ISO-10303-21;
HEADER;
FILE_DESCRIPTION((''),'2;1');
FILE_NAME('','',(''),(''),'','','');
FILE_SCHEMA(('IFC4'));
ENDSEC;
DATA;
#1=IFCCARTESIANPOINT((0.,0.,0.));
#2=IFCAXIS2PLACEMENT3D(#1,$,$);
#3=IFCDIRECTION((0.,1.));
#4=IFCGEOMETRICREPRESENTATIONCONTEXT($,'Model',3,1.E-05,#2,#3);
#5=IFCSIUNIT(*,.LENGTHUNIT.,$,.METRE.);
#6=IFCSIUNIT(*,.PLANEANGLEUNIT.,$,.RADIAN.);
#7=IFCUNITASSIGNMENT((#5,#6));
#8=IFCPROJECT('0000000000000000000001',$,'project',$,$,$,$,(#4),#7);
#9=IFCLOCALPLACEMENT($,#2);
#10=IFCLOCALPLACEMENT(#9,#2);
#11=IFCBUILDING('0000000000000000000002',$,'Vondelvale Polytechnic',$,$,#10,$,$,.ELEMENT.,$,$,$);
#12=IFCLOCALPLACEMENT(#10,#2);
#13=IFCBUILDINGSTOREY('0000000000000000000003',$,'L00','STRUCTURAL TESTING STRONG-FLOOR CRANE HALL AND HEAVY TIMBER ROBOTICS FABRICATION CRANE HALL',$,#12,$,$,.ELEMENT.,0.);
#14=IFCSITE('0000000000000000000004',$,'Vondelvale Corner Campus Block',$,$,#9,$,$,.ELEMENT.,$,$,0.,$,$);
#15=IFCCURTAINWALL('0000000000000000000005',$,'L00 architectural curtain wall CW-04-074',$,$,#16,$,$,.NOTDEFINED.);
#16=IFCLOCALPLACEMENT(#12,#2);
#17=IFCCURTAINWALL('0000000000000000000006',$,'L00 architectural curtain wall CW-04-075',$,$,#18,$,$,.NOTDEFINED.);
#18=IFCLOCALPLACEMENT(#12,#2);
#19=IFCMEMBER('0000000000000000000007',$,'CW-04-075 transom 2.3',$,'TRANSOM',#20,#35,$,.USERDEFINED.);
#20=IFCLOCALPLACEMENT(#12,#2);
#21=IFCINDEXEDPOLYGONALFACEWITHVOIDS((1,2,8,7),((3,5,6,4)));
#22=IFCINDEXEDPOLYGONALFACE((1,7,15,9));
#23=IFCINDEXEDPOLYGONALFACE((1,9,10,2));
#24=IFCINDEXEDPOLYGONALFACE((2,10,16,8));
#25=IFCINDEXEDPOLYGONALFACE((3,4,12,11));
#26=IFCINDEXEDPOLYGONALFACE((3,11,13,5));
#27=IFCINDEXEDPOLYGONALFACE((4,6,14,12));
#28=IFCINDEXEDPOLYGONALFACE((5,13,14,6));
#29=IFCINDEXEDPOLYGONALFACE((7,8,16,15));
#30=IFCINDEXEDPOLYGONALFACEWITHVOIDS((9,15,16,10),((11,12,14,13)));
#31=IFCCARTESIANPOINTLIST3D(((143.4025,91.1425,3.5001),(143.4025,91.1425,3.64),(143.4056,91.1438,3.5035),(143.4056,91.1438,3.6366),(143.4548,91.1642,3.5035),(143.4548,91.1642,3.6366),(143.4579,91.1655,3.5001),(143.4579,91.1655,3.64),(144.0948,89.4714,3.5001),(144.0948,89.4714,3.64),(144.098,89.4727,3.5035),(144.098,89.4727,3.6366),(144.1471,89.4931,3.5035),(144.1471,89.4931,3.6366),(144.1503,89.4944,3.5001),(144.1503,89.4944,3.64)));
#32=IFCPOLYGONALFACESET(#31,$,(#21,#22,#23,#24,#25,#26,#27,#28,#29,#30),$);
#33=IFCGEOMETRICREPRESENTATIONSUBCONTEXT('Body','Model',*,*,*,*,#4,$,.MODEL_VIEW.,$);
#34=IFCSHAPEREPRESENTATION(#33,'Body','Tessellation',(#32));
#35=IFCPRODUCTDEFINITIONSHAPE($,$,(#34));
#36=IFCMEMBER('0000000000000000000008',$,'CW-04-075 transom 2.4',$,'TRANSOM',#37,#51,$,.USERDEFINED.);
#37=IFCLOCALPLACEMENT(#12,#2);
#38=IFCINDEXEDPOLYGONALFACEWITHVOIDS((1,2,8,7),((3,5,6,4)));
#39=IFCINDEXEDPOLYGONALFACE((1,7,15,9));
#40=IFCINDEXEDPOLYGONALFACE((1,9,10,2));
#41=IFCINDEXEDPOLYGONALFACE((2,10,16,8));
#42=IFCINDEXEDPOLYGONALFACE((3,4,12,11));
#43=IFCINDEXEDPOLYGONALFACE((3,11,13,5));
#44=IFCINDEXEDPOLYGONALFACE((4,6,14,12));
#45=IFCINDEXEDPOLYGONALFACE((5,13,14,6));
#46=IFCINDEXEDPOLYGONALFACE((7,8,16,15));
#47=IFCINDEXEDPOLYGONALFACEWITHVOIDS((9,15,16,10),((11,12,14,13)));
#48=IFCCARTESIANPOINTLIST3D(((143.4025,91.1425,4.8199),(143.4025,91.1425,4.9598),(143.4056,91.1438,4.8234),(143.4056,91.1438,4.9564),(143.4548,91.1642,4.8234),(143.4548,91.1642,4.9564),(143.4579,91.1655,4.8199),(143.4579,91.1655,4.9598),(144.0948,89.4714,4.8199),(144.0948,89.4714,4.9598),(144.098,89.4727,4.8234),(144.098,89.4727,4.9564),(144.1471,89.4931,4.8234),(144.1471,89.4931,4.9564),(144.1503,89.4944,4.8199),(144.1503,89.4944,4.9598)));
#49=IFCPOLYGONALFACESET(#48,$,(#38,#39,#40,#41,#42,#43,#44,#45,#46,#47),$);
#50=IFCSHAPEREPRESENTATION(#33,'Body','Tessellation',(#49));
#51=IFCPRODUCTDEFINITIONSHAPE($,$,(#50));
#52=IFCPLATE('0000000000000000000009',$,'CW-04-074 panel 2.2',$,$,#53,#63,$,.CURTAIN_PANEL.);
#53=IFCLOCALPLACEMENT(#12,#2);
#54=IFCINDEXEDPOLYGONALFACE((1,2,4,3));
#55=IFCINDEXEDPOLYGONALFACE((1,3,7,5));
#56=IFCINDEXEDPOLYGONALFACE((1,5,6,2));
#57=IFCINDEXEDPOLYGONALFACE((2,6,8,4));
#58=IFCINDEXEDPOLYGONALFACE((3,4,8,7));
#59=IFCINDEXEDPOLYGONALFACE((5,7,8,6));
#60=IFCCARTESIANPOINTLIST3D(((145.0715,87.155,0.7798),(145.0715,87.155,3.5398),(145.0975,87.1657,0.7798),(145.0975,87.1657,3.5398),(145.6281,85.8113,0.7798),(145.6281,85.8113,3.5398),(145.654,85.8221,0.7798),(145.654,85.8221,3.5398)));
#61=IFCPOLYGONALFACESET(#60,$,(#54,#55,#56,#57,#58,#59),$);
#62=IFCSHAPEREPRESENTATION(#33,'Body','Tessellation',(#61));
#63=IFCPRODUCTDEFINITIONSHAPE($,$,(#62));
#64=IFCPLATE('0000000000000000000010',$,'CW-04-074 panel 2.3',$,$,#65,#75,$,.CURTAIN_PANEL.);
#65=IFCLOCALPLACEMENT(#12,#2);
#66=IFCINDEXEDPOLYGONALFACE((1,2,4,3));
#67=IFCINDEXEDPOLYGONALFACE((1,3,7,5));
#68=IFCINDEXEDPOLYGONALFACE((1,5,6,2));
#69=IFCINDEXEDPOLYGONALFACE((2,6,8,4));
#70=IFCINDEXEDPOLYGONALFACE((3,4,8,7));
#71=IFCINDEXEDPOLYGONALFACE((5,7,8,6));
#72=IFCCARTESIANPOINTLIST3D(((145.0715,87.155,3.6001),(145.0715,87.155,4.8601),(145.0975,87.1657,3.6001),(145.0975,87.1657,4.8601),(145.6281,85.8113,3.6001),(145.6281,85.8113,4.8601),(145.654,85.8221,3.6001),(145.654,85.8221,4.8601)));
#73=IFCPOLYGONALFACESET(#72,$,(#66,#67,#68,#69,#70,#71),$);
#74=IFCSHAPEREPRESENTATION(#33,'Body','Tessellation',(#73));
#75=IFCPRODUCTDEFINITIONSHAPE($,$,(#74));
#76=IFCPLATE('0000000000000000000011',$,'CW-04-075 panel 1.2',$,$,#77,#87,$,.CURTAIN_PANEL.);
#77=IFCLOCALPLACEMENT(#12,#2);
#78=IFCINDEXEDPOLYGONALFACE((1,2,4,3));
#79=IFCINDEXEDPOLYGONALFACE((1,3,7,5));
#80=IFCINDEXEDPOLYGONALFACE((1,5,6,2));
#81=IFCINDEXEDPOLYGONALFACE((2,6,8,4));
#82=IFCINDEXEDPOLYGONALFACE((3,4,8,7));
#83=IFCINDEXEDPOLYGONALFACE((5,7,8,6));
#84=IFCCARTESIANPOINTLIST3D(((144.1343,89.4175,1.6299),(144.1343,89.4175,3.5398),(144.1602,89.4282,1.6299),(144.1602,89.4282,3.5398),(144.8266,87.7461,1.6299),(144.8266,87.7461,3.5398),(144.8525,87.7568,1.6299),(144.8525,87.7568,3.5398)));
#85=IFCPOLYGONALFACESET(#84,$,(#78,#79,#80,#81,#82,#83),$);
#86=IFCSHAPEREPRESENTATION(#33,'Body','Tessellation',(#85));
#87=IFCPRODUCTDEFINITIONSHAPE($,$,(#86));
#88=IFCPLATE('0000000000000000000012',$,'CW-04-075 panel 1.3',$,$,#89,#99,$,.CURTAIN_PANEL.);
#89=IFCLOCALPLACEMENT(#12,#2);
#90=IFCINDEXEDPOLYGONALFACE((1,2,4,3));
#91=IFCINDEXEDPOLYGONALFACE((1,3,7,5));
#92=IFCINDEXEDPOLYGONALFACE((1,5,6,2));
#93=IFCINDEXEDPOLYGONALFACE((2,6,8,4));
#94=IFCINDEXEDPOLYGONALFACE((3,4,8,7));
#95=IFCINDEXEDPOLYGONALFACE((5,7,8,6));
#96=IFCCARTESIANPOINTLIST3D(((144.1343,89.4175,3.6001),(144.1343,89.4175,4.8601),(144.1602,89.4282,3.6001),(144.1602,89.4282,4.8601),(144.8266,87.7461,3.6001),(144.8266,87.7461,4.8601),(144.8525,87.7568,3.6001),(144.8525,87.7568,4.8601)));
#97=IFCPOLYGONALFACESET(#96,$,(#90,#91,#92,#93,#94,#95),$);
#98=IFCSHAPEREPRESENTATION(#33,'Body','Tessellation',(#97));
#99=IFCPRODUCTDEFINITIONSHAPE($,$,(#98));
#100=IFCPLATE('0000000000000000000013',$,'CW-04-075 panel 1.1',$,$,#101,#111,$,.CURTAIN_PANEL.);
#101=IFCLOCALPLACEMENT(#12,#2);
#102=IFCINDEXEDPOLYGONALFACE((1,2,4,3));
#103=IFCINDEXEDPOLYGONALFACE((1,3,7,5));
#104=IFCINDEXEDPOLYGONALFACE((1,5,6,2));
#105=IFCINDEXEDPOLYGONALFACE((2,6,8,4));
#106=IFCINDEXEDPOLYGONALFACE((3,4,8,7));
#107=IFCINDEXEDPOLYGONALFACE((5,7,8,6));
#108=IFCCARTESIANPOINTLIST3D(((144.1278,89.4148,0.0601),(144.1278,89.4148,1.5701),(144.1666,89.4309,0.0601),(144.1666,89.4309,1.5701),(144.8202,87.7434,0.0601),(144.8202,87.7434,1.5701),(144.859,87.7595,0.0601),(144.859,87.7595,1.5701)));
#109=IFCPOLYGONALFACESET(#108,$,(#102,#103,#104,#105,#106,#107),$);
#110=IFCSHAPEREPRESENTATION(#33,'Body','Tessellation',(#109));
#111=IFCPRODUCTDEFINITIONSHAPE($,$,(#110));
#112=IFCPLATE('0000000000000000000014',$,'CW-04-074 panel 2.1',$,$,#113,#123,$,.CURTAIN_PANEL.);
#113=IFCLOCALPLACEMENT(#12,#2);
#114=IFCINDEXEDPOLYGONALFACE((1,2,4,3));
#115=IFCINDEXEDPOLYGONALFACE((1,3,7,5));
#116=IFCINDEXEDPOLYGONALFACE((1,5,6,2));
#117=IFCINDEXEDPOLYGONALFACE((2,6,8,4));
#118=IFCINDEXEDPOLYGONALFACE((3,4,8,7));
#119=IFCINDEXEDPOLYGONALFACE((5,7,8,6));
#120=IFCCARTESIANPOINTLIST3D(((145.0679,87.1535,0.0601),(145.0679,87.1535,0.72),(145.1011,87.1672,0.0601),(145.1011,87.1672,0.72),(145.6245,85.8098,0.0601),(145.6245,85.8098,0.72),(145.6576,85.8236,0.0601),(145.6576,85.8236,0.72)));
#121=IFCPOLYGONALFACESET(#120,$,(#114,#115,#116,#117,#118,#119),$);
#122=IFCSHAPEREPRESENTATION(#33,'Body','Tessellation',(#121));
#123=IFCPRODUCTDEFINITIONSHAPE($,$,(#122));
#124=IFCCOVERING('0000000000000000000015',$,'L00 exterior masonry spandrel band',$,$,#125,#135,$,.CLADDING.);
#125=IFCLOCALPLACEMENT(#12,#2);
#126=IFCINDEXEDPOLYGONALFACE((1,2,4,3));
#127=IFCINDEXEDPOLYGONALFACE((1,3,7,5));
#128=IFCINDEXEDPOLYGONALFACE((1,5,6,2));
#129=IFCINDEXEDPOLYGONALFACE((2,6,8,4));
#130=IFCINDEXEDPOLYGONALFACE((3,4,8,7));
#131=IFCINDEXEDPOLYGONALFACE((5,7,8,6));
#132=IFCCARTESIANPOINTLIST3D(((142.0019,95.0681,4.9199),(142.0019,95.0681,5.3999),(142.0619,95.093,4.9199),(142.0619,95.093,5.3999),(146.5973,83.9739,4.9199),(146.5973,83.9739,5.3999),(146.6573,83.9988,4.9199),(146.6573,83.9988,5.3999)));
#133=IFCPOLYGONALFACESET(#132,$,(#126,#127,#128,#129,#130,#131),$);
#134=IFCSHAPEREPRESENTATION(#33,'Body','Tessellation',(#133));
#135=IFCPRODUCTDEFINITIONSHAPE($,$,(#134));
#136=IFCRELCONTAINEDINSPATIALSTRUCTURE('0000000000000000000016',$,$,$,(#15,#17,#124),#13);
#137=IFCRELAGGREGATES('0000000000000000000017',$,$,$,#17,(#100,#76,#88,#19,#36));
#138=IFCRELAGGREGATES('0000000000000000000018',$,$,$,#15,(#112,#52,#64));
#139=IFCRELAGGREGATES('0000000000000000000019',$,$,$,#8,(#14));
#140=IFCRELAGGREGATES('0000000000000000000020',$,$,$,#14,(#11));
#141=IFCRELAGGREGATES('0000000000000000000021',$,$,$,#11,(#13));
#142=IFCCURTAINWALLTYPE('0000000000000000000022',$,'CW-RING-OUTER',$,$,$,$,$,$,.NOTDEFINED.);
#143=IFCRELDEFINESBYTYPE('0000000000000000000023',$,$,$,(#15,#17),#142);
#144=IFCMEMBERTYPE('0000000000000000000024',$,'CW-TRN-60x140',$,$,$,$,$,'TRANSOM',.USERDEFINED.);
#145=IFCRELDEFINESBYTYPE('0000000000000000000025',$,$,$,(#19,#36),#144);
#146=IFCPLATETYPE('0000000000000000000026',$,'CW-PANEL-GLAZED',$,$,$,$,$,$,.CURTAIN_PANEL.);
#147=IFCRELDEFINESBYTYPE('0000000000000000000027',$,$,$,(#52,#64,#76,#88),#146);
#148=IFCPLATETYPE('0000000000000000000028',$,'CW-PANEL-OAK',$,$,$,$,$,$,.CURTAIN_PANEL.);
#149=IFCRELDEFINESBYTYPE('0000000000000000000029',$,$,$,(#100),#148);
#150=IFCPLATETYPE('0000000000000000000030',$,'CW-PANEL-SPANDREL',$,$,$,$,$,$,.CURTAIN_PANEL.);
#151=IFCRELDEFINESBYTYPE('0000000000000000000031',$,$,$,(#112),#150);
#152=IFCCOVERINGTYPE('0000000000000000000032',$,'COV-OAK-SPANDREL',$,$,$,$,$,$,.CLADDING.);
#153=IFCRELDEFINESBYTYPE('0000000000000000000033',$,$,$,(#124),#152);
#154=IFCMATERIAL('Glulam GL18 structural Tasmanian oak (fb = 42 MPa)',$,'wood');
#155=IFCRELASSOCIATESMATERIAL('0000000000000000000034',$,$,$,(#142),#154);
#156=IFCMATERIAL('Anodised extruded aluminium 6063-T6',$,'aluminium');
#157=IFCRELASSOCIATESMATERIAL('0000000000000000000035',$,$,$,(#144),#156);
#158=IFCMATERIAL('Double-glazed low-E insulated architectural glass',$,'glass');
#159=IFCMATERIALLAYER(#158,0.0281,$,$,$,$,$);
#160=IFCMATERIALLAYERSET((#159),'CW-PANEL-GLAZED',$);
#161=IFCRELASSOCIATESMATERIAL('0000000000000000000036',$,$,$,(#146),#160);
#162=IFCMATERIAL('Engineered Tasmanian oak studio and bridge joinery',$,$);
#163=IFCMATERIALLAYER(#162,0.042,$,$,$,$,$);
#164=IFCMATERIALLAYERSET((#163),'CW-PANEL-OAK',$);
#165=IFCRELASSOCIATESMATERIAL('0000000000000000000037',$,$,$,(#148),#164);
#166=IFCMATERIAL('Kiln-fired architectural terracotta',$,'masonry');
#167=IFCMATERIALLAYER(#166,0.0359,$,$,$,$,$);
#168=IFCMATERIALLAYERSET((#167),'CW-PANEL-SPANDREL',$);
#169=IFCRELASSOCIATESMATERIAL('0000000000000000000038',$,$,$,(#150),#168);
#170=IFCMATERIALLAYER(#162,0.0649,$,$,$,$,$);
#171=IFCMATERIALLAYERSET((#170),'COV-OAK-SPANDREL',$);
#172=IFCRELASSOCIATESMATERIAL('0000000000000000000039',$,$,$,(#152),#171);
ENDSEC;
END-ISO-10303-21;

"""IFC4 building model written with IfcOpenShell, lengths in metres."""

from ifc_helpers import new_model, si_unit, direction, frame, origin, origin_2d, place, context, subcontext, project, spatial, rectangle, hollow_rectangle, extrude, material, layer, layer_set, material_profile, profile_set, type_object, element, aggregate, save


model = new_model("IFC4")

# Units and contexts
model_context = context("Model", 3, precision=1e-05, world=origin(), true_north=direction((0.0, 1.0)))
body_context = subcontext(model_context, "Body", "Model", "MODEL_VIEW")
ifc_project = project(units=[si_unit("LENGTHUNIT", "METRE"), si_unit("PLANEANGLEUNIT", "RADIAN")], contexts=[model_context])

# Site, building, storey
site_placement = place(None, origin())
site = spatial("IfcSite", under=ifc_project, at=site_placement, Name="Vondelvale Corner Campus Block", CompositionType="ELEMENT", RefElevation=0.0)
building_placement = place(site_placement, origin())
building = spatial("IfcBuilding", under=site, at=building_placement, Name="Vondelvale Polytechnic", CompositionType="ELEMENT")
storey_placement = place(building_placement, origin())
storey = spatial("IfcBuildingStorey", under=building, at=storey_placement, Name="L00", Description="STRUCTURAL TESTING STRONG-FLOOR CRANE HALL AND HEAVY TIMBER ROBOTICS FABRICATION CRANE HALL", CompositionType="ELEMENT", Elevation=0.0)

# Shared definitions
ifc_material_1 = material(Name="Glulam GL18 structural Tasmanian oak (fb = 42 MPa)", Category="wood")

# Curtain wall
curtain_wall_type = type_object("IfcCurtainWallType", Name="CW-RING-OUTER", PredefinedType="NOTDEFINED", material=ifc_material_1)
curtain_wall_1_placement = place(storey_placement, origin())
curtain_wall_1 = element("IfcCurtainWall", 1, at=curtain_wall_1_placement, inside=storey, type_object=curtain_wall_type, Name="L00 architectural curtain wall CW-04-074", PredefinedType="NOTDEFINED")
ifc_material_2 = material(Name="Anodised extruded aluminium 6063-T6", Category="aluminium")

# Curtain wall
curtain_wall_2_placement = place(storey_placement, origin())
curtain_wall_2 = element("IfcCurtainWall", 2, at=curtain_wall_2_placement, inside=storey, type_object=curtain_wall_type, Name="L00 architectural curtain wall CW-04-075", PredefinedType="NOTDEFINED")

# Members
ifc_material_profile_1 = material_profile(ifc_material_2, hollow_rectangle(XDim=0.0601, YDim=0.1399, WallThickness=0.0034, at=origin_2d()), Name="CW-TRN-140x60")
ifc_profile_set_1 = profile_set([ifc_material_profile_1], Name="Anodised extruded aluminium 6063-T6")
member_type_1 = type_object("IfcMemberType", Name="CW-TRN-60x140", ElementType="TRANSOM", PredefinedType="USERDEFINED", material=ifc_profile_set_1)
member_1_placement = place(storey_placement, frame((144.1226, 89.4829, 3.5701), z_axis=(-0.382765, 0.923846, 0.0), x_axis=(-0.923846, -0.382765, 0.0)))
member_1 = element("IfcMember", 3, at=member_1_placement, type_object=member_type_1, Name="CW-04-075 transom 2.3", ObjectType="TRANSOM", PredefinedType="USERDEFINED", context=body_context, shape_type="SweptSolid", body=[
    extrude(hollow_rectangle(XDim=0.0601, YDim=0.1399, WallThickness=0.0034, at=origin_2d()), origin(), (0.0, 0.0, 1.0), 1.8088),
])
member_2_placement = place(storey_placement, frame((144.1226, 89.4829, 4.8899), z_axis=(-0.382765, 0.923846, 0.0), x_axis=(-0.923846, -0.382765, 0.0)))
member_2 = element("IfcMember", 4, at=member_2_placement, type_object=member_type_1, Name="CW-04-075 transom 2.4", ObjectType="TRANSOM", PredefinedType="USERDEFINED", context=body_context, shape_type="SweptSolid", body=[
    extrude(hollow_rectangle(XDim=0.0601, YDim=0.1399, WallThickness=0.0034, at=origin_2d()), origin(), (0.0, 0.0, 1.0), 1.8088),
])

# Plates
ifc_material_3 = material(Name="Double-glazed low-E insulated architectural glass", Category="glass")
ifc_layer_1 = layer(ifc_material_3, 0.0281)
ifc_layer_set_1 = layer_set([ifc_layer_1], Name="CW-PANEL-GLAZED")
plate_type_1 = type_object("IfcPlateType", Name="CW-PANEL-GLAZED", PredefinedType="CURTAIN_PANEL", material=ifc_layer_set_1)
plate_1_placement = place(storey_placement, frame((145.3628, 86.4885, 0.7798), z_axis=(0.0, 0.0, 1.0), x_axis=(-0.382679, 0.923881, 0.0)))
plate_1 = element("IfcPlate", 5, at=plate_1_placement, type_object=plate_type_1, Name="CW-04-074 panel 2.2", PredefinedType="CURTAIN_PANEL", context=body_context, shape_type="SweptSolid", body=[
    extrude(rectangle(XDim=1.4543, YDim=0.0281, at=origin_2d()), origin(), (0.0, 0.0, 1.0), 2.76),
])
plate_2_placement = place(storey_placement, frame((145.3628, 86.4885, 3.6001), z_axis=(0.0, 0.0, 1.0), x_axis=(-0.382679, 0.923881, 0.0)))
plate_2 = element("IfcPlate", 6, at=plate_2_placement, type_object=plate_type_1, Name="CW-04-074 panel 2.3", PredefinedType="CURTAIN_PANEL", context=body_context, shape_type="SweptSolid", body=[
    extrude(rectangle(XDim=1.4543, YDim=0.0281, at=origin_2d()), origin(), (0.0, 0.0, 1.0), 1.26),
])
plate_3_placement = place(storey_placement, frame((144.4934, 88.5872, 1.6299), z_axis=(0.0, 0.0, 1.0), x_axis=(-0.382695, 0.923875, 0.0)))
plate_3 = element("IfcPlate", 7, at=plate_3_placement, type_object=plate_type_1, Name="CW-04-075 panel 1.2", PredefinedType="CURTAIN_PANEL", context=body_context, shape_type="SweptSolid", body=[
    extrude(rectangle(XDim=1.8091, YDim=0.0281, at=origin_2d()), origin(), (0.0, 0.0, 1.0), 1.9099),
])
plate_4_placement = place(storey_placement, frame((144.4934, 88.5872, 3.6001), z_axis=(0.0, 0.0, 1.0), x_axis=(-0.382695, 0.923875, 0.0)))
plate_4 = element("IfcPlate", 8, at=plate_4_placement, type_object=plate_type_1, Name="CW-04-075 panel 1.3", PredefinedType="CURTAIN_PANEL", context=body_context, shape_type="SweptSolid", body=[
    extrude(rectangle(XDim=1.8091, YDim=0.0281, at=origin_2d()), origin(), (0.0, 0.0, 1.0), 1.26),
])
ifc_material_4 = material(Name="Engineered Tasmanian oak studio and bridge joinery")
ifc_layer_2 = layer(ifc_material_4, 0.042)
ifc_layer_set_2 = layer_set([ifc_layer_2], Name="CW-PANEL-OAK")
plate_type_2 = type_object("IfcPlateType", Name="CW-PANEL-OAK", PredefinedType="CURTAIN_PANEL", material=ifc_layer_set_2)
plate_5_placement = place(storey_placement, frame((144.4934, 88.5872, 0.0601), z_axis=(0.0, 0.0, 1.0), x_axis=(-0.382695, 0.923875, 0.0)))
plate_5 = element("IfcPlate", 9, at=plate_5_placement, type_object=plate_type_2, Name="CW-04-075 panel 1.1", PredefinedType="CURTAIN_PANEL", context=body_context, shape_type="SweptSolid", body=[
    extrude(rectangle(XDim=1.8091, YDim=0.042, at=origin_2d()), origin(), (0.0, 0.0, 1.0), 1.51),
])
aggregate(curtain_wall_2, [plate_5, plate_3, plate_4, member_1, member_2])
ifc_material_5 = material(Name="Kiln-fired architectural terracotta", Category="masonry")
ifc_layer_3 = layer(ifc_material_5, 0.0359)
ifc_layer_set_3 = layer_set([ifc_layer_3], Name="CW-PANEL-SPANDREL")
plate_type_3 = type_object("IfcPlateType", Name="CW-PANEL-SPANDREL", PredefinedType="CURTAIN_PANEL", material=ifc_layer_set_3)
plate_6_placement = place(storey_placement, frame((145.3628, 86.4885, 0.0601), z_axis=(0.0, 0.0, 1.0), x_axis=(-0.382679, 0.923881, 0.0)))
plate_6 = element("IfcPlate", 10, at=plate_6_placement, type_object=plate_type_3, Name="CW-04-074 panel 2.1", PredefinedType="CURTAIN_PANEL", context=body_context, shape_type="SweptSolid", body=[
    extrude(rectangle(XDim=1.4543, YDim=0.0359, at=origin_2d()), origin(), (0.0, 0.0, 1.0), 0.6599),
])
aggregate(curtain_wall_1, [plate_6, plate_1, plate_2])

# Covering
ifc_layer_4 = layer(ifc_material_4, 0.0649)
ifc_layer_set_4 = layer_set([ifc_layer_4], Name="COV-OAK-SPANDREL")
covering_type = type_object("IfcCoveringType", Name="COV-OAK-SPANDREL", PredefinedType="CLADDING", material=ifc_layer_set_4)
covering_placement = place(storey_placement, frame((144.3296, 89.5334, 4.9199), z_axis=(0.0, 0.0, 1.0), x_axis=(-0.382683, 0.92388, 0.0)))
element("IfcCovering", 11, at=covering_placement, inside=storey, type_object=covering_type, Name="L00 exterior masonry spandrel band", PredefinedType="CLADDING", context=body_context, shape_type="SweptSolid", body=[
    extrude(rectangle(XDim=12.0083, YDim=0.0649, at=origin_2d()), origin(), (0.0, 0.0, 1.0), 0.48),
])

save(model, "model.ifc")
